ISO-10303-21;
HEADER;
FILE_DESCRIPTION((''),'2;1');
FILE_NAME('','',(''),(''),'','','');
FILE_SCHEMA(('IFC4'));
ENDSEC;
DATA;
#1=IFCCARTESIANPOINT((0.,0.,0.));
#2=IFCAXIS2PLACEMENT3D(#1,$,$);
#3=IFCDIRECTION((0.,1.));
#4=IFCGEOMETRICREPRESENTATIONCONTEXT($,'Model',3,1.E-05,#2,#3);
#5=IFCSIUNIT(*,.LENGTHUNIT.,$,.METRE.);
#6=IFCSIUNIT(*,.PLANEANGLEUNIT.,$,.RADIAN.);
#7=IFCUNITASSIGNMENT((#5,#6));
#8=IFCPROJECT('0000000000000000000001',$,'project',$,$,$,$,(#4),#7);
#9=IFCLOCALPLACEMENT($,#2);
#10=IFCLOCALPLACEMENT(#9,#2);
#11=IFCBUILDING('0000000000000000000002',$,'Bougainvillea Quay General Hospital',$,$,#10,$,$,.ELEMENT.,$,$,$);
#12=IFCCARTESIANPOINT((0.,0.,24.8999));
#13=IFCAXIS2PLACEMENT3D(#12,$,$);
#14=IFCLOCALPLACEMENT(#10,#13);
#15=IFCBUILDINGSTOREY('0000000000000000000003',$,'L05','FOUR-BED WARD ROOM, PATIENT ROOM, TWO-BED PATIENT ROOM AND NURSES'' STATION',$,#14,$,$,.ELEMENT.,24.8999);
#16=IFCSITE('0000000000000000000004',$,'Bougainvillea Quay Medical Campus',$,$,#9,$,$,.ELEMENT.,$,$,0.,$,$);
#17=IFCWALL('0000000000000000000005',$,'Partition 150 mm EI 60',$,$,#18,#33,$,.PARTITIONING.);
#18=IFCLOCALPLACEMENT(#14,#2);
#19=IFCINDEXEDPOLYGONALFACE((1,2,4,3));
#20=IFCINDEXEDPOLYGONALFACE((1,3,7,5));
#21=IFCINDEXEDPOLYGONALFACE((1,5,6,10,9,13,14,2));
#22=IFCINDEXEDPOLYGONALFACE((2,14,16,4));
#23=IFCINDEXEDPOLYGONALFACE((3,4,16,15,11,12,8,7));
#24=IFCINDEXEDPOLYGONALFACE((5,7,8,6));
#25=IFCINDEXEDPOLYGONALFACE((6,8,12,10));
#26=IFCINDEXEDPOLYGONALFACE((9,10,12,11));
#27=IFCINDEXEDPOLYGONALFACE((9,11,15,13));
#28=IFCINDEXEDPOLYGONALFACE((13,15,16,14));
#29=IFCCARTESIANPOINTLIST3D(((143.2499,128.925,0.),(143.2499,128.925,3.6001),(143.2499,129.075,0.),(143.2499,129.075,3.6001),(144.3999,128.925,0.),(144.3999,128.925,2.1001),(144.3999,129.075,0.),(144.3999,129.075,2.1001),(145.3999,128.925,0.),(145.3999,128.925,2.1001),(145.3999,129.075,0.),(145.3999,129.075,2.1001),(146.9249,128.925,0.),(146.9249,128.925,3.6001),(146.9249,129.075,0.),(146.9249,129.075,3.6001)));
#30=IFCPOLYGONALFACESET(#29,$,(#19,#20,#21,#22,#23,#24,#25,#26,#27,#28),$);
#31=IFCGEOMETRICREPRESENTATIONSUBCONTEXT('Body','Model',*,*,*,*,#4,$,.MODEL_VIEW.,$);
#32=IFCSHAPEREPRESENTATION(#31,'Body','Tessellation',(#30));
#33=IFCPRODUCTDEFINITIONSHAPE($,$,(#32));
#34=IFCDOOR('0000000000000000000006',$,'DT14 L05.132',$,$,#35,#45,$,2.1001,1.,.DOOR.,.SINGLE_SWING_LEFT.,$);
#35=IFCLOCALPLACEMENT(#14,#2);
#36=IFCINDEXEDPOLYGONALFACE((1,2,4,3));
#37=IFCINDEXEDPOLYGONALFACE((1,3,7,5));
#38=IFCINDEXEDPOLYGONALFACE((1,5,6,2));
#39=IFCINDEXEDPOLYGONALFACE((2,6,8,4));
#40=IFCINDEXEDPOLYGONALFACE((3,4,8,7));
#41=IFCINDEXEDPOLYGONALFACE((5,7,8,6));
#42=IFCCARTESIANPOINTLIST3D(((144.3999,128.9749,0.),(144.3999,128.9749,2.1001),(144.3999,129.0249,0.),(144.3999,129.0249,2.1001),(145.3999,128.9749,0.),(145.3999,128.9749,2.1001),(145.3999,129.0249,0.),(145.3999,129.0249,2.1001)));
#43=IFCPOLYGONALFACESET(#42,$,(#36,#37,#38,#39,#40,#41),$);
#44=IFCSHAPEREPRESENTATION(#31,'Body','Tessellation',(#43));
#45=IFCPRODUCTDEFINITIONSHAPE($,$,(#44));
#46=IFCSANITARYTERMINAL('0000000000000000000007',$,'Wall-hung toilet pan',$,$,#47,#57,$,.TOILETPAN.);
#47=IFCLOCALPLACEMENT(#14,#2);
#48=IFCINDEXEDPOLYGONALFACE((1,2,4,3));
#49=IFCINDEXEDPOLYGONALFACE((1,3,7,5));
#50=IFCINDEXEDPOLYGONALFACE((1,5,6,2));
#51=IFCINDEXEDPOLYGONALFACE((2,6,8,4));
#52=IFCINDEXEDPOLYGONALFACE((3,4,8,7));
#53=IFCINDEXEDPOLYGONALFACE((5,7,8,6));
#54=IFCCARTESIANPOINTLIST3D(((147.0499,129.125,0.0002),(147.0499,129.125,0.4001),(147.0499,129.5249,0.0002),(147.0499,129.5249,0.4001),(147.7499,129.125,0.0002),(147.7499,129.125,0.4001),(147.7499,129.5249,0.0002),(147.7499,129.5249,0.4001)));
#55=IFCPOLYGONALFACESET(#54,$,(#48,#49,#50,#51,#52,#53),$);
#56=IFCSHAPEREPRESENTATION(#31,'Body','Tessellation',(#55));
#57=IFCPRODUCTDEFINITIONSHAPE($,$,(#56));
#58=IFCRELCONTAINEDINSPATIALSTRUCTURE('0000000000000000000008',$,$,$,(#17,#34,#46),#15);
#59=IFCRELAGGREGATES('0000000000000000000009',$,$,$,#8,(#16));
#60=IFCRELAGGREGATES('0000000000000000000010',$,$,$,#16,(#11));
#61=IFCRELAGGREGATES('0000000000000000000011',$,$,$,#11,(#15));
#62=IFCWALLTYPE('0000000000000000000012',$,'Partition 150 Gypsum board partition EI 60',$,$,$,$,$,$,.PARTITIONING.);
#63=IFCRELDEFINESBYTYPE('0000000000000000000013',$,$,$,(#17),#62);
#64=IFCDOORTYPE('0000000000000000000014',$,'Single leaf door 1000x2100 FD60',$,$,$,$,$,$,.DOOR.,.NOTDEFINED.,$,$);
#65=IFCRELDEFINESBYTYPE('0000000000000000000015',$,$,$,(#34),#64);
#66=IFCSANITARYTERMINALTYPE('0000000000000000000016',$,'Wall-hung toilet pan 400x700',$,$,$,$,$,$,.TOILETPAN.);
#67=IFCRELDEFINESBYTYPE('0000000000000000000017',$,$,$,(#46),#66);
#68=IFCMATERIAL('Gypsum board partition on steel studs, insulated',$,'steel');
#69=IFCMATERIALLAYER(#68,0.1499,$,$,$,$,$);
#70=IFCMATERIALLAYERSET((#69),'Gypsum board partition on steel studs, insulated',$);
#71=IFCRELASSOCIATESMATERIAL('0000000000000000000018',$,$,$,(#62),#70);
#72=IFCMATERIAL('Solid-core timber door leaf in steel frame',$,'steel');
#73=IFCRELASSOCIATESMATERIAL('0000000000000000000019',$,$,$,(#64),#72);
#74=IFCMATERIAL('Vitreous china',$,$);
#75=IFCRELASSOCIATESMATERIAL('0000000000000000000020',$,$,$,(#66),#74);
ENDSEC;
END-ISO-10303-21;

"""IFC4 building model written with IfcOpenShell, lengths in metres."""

from ifc_helpers import new_model, si_unit, direction, frame, frame_2d, origin, origin_2d, place, context, subcontext, project, spatial, rectangle, extrude, material, layer, layer_set, type_object, element, fill, save


model = new_model("IFC4")

# Units and contexts
model_context = context("Model", 3, precision=1e-05, world=origin(), true_north=direction((0.0, 1.0)))
body_context = subcontext(model_context, "Body", "Model", "MODEL_VIEW")
ifc_project = project(units=[si_unit("LENGTHUNIT", "METRE"), si_unit("PLANEANGLEUNIT", "RADIAN")], contexts=[model_context])

# Site, building, storey
site_placement = place(None, origin())
site = spatial("IfcSite", under=ifc_project, at=site_placement, Name="Bougainvillea Quay Medical Campus", CompositionType="ELEMENT", RefElevation=0.0)
building_placement = place(site_placement, origin())
building = spatial("IfcBuilding", under=site, at=building_placement, Name="Bougainvillea Quay General Hospital", CompositionType="ELEMENT")
storey_placement = place(building_placement, frame((0.0, 0.0, 24.8999)))
storey = spatial("IfcBuildingStorey", under=building, at=storey_placement, Name="L05", Description="FOUR-BED WARD ROOM, PATIENT ROOM, TWO-BED PATIENT ROOM AND NURSES' STATION", CompositionType="ELEMENT", Elevation=24.8999)

# Shared definitions
ifc_material_1 = material(Name="Gypsum board partition on steel studs, insulated", Category="steel")

# Shared definitions
ifc_material_2 = material(Name="Solid-core timber door leaf in steel frame", Category="steel")

# Wall, opening, door
ifc_layer_1 = layer(ifc_material_1, 0.1499)
ifc_layer_set_1 = layer_set([ifc_layer_1], Name="Gypsum board partition on steel studs, insulated")
wall_type_1 = type_object("IfcWallType", Name="Partition 150 Gypsum board partition EI 60", PredefinedType="PARTITIONING", material=ifc_layer_set_1)
wall_1_placement = place(storey_placement, frame((143.25, 129.0, 0.0), z_axis=(0.0, 0.0, 1.0), x_axis=(1.0, 0.0, 0.0)))
wall_1 = element("IfcWall", 1, at=wall_1_placement, inside=storey, type_object=wall_type_1, Name="Partition 150 mm EI 60", PredefinedType="PARTITIONING", context=body_context, shape_type="SweptSolid", body=[
    extrude(rectangle(XDim=3.675, YDim=0.1499, at=frame_2d((1.8374, 0.0))), origin(), (0.0, 0.0, 1.0), 3.6001),
])
opening_1_placement = place(wall_1_placement, frame((1.1499, 0.0, 0.0)))
opening_1 = element("IfcOpeningElement", 2, at=opening_1_placement, cuts=wall_1, PredefinedType="OPENING", context=body_context, shape_type="SweptSolid", body=[
    extrude(rectangle(XDim=1.0, YDim=2.1001, at=frame_2d((0.5, 1.05))), frame((0.0, 0.085, 0.0), z_axis=(0.0, -1.0, 0.0), x_axis=(1.0, 0.0, 0.0)), (0.0, 0.0, 1.0), 0.1699),
])
door_type_1 = type_object("IfcDoorType", Name="Single leaf door 1000x2100 FD60", OperationType="NOTDEFINED", PredefinedType="DOOR", material=ifc_material_2)
door_1_placement = place(opening_1_placement, origin())
door_1 = element("IfcDoor", 3, at=door_1_placement, inside=storey, type_object=door_type_1, Name="DT14 L05.132", OperationType="SINGLE_SWING_LEFT", OverallHeight=2.1001, OverallWidth=1.0, PredefinedType="DOOR", context=body_context, shape_type="SweptSolid", body=[
    extrude(rectangle(XDim=1.0, YDim=2.1001, at=frame_2d((0.5, 1.05))), frame((0.0, 0.0249, 0.0), z_axis=(0.0, -1.0, 0.0), x_axis=(1.0, 0.0, 0.0)), (0.0, 0.0, 1.0), 0.05),
])
fill(opening_1, door_1)

# Sanitary terminal
ifc_material_3 = material(Name="Vitreous china")
sanitary_terminal_type = type_object("IfcSanitaryTerminalType", Name="Wall-hung toilet pan 400x700", PredefinedType="TOILETPAN", material=ifc_material_3)
sanitary_terminal_placement = place(storey_placement, frame((147.3999, 129.325, 0.0002), z_axis=(0.0, 0.0, 1.0), x_axis=(0.0, 1.0, 0.0)))
element("IfcSanitaryTerminal", 4, at=sanitary_terminal_placement, inside=storey, type_object=sanitary_terminal_type, Name="Wall-hung toilet pan", PredefinedType="TOILETPAN", context=body_context, shape_type="SweptSolid", body=[
    extrude(rectangle(XDim=0.3999, YDim=0.7, at=origin_2d()), origin(), (0.0, 0.0, 1.0), 0.3999),
])

save(model, "model.ifc")
